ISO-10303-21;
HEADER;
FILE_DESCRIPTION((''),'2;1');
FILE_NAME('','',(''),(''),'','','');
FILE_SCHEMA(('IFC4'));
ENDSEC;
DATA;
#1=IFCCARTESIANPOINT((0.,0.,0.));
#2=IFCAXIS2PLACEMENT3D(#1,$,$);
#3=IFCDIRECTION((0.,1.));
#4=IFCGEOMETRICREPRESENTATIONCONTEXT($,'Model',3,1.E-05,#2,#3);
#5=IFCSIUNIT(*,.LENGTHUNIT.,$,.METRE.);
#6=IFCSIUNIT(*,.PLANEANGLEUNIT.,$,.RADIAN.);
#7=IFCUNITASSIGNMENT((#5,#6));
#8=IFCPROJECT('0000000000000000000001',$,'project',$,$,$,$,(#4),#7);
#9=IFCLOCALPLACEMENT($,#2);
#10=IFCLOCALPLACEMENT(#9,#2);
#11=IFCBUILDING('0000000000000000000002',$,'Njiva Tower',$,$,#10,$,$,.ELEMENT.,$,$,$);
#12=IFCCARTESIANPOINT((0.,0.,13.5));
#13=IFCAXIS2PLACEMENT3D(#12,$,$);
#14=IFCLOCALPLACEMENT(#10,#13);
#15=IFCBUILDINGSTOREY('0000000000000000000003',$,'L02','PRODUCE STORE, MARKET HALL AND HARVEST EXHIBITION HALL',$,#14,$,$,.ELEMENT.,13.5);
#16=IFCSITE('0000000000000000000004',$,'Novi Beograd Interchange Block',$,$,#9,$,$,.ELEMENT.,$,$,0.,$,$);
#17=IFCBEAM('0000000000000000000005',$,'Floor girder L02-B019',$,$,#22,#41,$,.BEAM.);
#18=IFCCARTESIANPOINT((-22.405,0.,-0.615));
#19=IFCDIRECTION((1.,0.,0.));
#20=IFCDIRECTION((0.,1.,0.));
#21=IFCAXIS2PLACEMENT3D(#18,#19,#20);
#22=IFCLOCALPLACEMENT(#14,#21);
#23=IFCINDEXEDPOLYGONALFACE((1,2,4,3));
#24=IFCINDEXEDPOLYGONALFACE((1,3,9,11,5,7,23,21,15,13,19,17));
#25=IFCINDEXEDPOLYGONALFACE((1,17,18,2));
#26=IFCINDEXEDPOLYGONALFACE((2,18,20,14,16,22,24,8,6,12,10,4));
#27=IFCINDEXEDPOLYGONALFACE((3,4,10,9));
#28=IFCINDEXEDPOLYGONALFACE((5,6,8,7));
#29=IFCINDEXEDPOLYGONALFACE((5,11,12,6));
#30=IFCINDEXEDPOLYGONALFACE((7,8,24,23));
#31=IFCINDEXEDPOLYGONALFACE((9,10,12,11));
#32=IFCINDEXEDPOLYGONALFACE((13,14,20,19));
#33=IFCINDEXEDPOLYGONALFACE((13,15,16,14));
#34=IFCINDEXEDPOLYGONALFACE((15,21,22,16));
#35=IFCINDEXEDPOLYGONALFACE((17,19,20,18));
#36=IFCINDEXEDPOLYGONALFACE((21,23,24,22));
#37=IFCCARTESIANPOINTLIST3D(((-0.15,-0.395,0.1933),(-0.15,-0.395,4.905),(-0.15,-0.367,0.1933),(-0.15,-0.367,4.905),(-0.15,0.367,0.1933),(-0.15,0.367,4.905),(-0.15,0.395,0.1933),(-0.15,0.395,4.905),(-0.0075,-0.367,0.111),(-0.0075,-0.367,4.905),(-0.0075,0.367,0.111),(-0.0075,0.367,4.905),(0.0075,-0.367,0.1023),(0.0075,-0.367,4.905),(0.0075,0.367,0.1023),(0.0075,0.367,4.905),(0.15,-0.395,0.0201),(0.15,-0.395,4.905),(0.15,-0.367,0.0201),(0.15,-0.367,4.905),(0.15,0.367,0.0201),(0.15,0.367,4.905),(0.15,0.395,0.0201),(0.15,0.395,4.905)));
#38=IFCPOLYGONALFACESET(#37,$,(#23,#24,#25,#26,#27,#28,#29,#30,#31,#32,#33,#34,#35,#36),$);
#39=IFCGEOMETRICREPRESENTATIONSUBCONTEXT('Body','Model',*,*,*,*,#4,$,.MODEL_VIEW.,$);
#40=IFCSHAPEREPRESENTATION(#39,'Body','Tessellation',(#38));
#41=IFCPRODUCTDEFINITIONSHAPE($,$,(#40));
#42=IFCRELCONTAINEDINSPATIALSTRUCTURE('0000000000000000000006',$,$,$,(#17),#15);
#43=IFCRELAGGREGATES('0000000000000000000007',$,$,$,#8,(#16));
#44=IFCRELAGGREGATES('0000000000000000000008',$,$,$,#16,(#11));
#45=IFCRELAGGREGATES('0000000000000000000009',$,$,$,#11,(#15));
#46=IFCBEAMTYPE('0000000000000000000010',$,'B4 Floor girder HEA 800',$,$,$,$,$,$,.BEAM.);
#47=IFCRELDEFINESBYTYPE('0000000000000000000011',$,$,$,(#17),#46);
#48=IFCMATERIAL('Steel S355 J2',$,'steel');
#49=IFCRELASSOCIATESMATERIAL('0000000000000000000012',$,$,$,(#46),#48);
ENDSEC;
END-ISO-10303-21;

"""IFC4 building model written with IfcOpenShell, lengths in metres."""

from ifc_helpers import new_model, si_unit, direction, frame, origin, origin_2d, place, context, subcontext, project, spatial, i_section, extrude, clip, halfspace, material, material_profile, profile_set, type_object, element, save


model = new_model("IFC4")

# Units and contexts
model_context = context("Model", 3, precision=1e-05, world=origin(), true_north=direction((0.0, 1.0)))
body_context = subcontext(model_context, "Body", "Model", "MODEL_VIEW")
ifc_project = project(units=[si_unit("LENGTHUNIT", "METRE"), si_unit("PLANEANGLEUNIT", "RADIAN")], contexts=[model_context])

# Site, building, storey
site_placement = place(None, origin())
site = spatial("IfcSite", under=ifc_project, at=site_placement, Name="Novi Beograd Interchange Block", CompositionType="ELEMENT", RefElevation=0.0)
building_placement = place(site_placement, origin())
building = spatial("IfcBuilding", under=site, at=building_placement, Name="Njiva Tower", CompositionType="ELEMENT")
storey_placement = place(building_placement, frame((0.0, 0.0, 13.5)))
storey = spatial("IfcBuildingStorey", under=building, at=storey_placement, Name="L02", Description="PRODUCE STORE, MARKET HALL AND HARVEST EXHIBITION HALL", CompositionType="ELEMENT", Elevation=13.5)

# Shared definitions
ifc_material_1 = material(Name="Steel S355 J2", Category="steel")

# Beam
ifc_material_profile_1 = material_profile(ifc_material_1, i_section(OverallWidth=0.3, OverallDepth=0.79, WebThickness=0.015, FlangeThickness=0.028, at=origin_2d()), Name="HEA 800")
ifc_profile_set_1 = profile_set([ifc_material_profile_1], Name="Steel S355 J2")
beam_type_1 = type_object("IfcBeamType", Name="B4 Floor girder HEA 800", PredefinedType="BEAM", material=ifc_profile_set_1)
beam_1_placement = place(storey_placement, frame((-22.405, 0.0, -0.615), z_axis=(1.0, 0.0, 0.0), x_axis=(0.0, 1.0, 0.0)))
element("IfcBeam", 1, at=beam_1_placement, inside=storey, type_object=beam_type_1, Name="Floor girder L02-B019", PredefinedType="BEAM", context=body_context, shape_type="Clipping", body=[
    clip(extrude(i_section(OverallWidth=0.3, OverallDepth=0.79, WebThickness=0.015, FlangeThickness=0.028, at=origin_2d()), origin(), (0.0, 0.0, 1.0), 4.905), halfspace(frame((-0.025, 0.0, 0.1211), z_axis=(-0.499998, 0.0, -0.866027), x_axis=(0.0, -1.0, 0.0)), False)),
])

save(model, "model.ifc")
